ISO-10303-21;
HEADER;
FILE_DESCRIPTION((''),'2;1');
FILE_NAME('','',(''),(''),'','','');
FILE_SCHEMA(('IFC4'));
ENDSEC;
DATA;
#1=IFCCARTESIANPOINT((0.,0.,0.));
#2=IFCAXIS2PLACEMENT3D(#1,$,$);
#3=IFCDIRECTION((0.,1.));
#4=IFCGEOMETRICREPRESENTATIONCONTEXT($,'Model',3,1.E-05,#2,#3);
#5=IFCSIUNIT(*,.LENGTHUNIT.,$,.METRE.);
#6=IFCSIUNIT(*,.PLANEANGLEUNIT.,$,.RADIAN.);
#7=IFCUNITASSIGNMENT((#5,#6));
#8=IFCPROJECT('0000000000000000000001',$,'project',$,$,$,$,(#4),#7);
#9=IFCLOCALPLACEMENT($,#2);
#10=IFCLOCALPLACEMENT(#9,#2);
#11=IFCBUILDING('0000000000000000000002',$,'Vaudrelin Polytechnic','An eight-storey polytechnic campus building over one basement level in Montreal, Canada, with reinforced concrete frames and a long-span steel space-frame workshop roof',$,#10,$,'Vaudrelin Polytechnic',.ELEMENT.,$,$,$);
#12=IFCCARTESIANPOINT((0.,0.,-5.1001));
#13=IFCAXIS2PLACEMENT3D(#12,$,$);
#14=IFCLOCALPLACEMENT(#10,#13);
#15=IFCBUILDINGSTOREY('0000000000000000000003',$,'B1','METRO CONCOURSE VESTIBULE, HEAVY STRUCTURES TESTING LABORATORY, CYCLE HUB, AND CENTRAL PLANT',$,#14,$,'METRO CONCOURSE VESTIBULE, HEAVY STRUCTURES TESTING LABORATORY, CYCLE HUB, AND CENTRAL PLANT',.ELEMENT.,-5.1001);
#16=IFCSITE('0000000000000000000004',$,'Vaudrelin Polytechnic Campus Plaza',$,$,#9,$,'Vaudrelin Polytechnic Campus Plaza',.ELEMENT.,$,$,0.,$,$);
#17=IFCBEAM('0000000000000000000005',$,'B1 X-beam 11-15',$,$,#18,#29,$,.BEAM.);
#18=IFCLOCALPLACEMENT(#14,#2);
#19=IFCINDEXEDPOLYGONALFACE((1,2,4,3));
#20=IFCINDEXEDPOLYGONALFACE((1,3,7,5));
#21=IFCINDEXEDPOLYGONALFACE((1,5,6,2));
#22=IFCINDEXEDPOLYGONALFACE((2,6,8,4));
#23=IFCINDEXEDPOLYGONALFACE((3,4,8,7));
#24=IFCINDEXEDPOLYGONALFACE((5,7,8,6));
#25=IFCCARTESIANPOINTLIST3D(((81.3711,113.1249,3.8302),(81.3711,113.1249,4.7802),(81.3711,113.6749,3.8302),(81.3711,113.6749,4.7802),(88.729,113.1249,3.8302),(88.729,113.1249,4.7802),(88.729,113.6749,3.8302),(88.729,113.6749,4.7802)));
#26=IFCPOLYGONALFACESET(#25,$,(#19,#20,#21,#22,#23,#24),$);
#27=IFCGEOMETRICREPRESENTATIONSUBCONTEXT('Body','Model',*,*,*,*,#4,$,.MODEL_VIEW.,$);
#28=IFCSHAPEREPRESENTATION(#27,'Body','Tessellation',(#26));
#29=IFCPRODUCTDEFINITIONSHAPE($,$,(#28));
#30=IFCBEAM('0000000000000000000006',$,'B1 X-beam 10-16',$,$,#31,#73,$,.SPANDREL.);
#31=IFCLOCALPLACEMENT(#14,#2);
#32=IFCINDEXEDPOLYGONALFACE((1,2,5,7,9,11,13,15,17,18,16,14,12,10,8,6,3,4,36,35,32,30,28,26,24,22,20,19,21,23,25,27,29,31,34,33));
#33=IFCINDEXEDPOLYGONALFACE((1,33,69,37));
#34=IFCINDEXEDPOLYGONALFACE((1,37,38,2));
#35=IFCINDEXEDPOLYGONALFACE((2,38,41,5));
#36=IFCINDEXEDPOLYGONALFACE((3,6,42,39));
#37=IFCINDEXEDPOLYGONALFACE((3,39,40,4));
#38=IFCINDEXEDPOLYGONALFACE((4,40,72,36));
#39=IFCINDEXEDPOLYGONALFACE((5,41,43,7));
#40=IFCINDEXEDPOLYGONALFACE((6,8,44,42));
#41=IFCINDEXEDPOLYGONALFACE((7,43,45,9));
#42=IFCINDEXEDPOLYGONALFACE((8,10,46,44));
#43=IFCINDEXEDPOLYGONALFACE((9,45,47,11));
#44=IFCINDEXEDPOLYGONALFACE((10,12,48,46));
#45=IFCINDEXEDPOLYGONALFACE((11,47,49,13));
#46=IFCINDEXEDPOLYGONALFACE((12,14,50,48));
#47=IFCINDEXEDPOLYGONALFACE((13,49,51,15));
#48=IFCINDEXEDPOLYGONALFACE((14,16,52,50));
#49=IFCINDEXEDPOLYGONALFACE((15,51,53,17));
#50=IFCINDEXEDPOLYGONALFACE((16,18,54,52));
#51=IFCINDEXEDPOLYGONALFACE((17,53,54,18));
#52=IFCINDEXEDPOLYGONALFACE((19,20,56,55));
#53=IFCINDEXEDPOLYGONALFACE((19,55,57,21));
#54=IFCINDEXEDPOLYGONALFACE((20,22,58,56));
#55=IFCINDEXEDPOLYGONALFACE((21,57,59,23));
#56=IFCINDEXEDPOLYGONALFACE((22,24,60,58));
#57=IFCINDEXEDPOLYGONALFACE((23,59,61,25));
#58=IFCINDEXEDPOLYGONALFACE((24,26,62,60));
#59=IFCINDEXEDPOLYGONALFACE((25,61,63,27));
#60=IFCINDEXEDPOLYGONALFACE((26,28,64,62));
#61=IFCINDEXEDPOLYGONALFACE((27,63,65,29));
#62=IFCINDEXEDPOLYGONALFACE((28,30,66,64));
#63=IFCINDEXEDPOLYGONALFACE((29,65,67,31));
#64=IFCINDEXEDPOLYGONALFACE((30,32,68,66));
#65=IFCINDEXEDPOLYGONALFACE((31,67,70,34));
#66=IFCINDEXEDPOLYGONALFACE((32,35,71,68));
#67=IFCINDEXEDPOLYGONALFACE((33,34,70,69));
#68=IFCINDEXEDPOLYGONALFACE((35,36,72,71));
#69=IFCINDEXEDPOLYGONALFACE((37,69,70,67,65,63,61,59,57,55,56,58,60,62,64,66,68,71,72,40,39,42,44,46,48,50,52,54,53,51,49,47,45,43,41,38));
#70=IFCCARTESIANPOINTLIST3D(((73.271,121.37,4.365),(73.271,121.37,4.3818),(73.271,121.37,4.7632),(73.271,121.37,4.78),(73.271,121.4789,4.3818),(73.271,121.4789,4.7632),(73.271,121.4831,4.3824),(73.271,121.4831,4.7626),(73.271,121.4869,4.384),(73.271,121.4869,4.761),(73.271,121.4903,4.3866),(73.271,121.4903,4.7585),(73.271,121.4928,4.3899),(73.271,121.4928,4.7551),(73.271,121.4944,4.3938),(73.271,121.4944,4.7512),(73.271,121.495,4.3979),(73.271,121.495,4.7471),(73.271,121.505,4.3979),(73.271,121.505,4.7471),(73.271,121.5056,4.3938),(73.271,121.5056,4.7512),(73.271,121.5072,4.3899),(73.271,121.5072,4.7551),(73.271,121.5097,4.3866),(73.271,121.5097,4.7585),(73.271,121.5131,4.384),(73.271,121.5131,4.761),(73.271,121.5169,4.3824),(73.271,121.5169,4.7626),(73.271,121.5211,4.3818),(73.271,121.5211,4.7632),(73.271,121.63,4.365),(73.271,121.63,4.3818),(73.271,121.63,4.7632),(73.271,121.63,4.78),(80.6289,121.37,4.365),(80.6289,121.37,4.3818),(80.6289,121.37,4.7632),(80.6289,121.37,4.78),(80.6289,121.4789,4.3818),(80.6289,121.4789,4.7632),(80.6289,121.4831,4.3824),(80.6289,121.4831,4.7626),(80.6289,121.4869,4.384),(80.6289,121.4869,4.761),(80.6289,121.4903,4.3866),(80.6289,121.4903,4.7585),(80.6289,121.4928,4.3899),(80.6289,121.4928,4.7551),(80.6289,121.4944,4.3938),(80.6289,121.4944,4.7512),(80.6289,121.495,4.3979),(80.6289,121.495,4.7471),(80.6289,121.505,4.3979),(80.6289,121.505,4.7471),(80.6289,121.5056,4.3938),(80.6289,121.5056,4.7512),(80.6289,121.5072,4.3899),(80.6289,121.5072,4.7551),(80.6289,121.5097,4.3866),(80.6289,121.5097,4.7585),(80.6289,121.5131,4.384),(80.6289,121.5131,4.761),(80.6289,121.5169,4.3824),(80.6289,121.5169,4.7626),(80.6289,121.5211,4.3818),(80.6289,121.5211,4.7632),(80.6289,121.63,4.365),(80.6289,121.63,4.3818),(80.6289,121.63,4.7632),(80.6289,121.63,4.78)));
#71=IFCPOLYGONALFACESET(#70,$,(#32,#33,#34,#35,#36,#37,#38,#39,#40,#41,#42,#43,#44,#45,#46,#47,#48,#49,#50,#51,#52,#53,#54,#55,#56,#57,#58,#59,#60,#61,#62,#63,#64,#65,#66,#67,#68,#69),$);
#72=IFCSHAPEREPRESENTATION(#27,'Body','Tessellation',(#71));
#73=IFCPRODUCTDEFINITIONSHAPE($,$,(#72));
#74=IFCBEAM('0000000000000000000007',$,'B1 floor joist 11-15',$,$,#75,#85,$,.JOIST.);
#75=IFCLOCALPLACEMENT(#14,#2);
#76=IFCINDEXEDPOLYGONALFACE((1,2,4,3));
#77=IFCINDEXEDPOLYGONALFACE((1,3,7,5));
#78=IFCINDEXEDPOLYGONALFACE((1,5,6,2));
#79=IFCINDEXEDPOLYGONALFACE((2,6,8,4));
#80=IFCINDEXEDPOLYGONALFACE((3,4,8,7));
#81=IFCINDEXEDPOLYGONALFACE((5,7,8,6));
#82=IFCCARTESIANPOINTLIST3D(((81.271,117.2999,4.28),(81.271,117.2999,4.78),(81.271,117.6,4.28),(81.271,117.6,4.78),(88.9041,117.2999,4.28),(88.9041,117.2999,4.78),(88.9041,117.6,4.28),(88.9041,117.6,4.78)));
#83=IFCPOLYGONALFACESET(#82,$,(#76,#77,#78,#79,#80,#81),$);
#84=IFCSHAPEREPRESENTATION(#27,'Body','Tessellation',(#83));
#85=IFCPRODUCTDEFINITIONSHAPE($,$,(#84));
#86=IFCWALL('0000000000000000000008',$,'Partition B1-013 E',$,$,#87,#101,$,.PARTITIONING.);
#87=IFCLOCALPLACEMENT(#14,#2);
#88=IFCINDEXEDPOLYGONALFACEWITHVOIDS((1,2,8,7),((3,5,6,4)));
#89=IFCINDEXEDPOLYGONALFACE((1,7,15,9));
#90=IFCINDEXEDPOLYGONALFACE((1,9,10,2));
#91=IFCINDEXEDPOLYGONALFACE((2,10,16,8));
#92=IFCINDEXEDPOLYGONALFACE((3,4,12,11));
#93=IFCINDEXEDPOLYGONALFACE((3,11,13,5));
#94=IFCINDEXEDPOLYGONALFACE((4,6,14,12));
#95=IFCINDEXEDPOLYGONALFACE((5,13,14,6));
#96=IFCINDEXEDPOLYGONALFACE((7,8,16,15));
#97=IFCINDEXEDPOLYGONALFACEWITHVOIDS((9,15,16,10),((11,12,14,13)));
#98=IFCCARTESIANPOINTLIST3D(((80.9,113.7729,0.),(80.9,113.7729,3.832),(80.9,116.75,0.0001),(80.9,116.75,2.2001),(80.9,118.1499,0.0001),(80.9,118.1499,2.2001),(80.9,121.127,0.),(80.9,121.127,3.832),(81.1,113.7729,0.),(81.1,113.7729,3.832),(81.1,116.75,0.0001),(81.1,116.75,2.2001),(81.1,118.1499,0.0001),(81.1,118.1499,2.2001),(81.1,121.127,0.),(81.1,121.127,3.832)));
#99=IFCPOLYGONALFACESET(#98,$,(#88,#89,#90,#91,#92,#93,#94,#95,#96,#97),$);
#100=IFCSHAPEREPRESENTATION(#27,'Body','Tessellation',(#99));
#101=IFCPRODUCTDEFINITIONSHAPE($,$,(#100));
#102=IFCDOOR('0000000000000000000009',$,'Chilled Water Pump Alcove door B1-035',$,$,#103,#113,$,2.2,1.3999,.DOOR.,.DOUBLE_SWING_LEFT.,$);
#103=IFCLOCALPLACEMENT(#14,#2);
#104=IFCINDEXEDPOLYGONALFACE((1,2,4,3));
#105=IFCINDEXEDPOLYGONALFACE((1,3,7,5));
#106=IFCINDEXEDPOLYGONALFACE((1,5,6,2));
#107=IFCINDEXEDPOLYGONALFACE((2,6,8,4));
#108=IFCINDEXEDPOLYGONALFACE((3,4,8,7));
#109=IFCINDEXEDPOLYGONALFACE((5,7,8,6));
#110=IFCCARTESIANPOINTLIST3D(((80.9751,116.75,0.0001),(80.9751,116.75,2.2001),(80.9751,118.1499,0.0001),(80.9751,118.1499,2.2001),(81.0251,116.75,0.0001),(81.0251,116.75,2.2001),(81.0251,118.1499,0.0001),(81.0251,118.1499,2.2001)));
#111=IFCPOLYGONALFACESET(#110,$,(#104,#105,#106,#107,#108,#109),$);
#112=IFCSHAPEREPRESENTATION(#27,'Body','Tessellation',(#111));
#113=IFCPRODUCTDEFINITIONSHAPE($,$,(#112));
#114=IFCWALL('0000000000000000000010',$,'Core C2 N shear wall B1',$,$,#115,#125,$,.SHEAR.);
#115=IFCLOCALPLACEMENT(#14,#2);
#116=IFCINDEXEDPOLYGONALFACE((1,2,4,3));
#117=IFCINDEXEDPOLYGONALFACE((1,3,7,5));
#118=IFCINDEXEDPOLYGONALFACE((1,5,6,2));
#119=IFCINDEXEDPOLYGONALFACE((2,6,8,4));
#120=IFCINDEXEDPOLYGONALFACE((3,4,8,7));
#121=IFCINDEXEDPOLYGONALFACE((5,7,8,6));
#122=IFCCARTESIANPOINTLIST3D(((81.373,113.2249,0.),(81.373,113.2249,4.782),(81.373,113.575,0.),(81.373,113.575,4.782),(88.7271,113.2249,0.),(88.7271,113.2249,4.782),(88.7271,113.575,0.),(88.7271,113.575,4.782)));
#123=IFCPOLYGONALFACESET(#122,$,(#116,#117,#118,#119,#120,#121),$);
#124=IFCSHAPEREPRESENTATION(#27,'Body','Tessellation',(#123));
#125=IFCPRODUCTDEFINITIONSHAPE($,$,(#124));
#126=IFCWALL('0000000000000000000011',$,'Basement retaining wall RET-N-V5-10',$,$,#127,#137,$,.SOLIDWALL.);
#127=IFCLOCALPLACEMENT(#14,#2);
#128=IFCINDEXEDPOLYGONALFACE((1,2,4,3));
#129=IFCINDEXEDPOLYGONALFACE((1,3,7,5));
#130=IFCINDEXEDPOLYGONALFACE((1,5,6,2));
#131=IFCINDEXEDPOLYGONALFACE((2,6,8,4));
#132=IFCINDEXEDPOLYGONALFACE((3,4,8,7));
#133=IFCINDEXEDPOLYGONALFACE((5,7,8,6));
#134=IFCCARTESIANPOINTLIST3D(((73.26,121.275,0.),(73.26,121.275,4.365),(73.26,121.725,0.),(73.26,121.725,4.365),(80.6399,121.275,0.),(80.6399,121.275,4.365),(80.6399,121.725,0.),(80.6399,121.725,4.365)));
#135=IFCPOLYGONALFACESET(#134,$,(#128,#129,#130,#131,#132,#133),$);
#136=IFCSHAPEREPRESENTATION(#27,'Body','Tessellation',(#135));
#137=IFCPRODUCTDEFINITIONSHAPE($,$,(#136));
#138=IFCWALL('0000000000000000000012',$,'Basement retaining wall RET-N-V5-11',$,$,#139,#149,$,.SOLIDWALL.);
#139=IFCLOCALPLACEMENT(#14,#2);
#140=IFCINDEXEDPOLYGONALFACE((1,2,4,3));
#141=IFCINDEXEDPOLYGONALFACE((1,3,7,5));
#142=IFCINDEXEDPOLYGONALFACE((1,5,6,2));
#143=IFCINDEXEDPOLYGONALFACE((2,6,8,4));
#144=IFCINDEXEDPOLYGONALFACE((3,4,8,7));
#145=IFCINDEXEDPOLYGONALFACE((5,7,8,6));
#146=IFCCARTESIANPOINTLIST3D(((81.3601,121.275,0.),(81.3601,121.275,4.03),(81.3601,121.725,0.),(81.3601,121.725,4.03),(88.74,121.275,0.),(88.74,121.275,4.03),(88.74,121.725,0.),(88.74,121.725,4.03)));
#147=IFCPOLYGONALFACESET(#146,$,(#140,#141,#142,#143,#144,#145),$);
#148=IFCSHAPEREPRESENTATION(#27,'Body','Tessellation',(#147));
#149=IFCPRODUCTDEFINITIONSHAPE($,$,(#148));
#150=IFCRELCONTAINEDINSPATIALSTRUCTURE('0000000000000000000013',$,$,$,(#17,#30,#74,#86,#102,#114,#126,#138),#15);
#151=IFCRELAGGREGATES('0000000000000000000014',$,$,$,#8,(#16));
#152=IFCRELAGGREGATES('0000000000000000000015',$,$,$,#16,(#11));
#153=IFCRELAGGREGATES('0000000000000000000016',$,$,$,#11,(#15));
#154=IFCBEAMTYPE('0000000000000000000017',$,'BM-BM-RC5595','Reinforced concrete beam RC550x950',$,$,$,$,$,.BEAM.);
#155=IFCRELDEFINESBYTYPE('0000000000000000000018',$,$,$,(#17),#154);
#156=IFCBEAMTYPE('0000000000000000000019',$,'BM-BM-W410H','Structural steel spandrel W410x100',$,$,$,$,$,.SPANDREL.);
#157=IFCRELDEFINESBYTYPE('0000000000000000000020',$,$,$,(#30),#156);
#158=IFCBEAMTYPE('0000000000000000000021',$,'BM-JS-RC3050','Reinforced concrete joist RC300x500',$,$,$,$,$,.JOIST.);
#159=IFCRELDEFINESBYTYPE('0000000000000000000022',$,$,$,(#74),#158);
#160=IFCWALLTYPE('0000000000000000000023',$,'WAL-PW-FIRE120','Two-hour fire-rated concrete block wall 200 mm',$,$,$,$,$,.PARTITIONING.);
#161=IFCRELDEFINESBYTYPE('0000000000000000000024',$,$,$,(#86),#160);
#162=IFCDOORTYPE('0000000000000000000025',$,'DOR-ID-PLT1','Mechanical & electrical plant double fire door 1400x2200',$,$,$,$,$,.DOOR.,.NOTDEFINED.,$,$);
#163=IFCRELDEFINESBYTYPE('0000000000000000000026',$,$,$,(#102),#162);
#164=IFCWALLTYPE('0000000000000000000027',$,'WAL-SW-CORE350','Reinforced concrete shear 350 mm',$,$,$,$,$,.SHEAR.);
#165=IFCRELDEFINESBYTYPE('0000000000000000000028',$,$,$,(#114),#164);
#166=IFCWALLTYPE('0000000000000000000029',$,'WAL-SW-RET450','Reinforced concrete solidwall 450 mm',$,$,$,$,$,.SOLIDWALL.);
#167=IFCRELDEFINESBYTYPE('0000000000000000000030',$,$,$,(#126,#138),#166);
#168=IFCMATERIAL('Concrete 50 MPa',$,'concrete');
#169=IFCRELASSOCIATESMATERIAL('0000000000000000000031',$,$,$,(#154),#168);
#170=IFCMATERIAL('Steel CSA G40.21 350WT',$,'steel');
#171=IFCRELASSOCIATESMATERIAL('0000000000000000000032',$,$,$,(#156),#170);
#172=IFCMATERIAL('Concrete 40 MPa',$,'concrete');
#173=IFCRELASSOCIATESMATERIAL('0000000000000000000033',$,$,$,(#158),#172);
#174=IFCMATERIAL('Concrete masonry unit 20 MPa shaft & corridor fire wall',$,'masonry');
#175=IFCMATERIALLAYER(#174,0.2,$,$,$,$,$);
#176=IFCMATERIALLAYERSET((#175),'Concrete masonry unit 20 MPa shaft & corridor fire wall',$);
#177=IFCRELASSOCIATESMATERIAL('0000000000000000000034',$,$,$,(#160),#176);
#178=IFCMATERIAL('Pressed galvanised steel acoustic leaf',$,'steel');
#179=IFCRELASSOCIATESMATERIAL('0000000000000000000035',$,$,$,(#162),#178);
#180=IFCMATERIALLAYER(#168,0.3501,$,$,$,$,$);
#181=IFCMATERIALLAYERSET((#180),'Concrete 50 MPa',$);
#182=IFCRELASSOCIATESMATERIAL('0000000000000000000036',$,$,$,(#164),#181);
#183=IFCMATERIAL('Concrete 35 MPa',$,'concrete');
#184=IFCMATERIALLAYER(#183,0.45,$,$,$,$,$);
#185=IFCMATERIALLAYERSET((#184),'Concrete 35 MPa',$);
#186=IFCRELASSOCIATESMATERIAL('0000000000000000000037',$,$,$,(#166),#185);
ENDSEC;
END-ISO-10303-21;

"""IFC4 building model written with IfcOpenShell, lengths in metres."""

from ifc_helpers import new_model, si_unit, direction, frame, frame_2d, origin, origin_2d, place, context, subcontext, project, spatial, rectangle, i_section, extrude, material, layer, layer_set, material_profile, profile_set, type_object, element, fill, save


model = new_model("IFC4")

# Units and contexts
model_context = context("Model", 3, precision=1e-05, world=origin(), true_north=direction((0.0, 1.0)))
body_context = subcontext(model_context, "Body", "Model", "MODEL_VIEW")
ifc_project = project(units=[si_unit("LENGTHUNIT", "METRE"), si_unit("PLANEANGLEUNIT", "RADIAN")], contexts=[model_context])

# Site, building, storey
site_placement = place(None, origin())
site = spatial("IfcSite", under=ifc_project, at=site_placement, Name="Vaudrelin Polytechnic Campus Plaza", LongName="Vaudrelin Polytechnic Campus Plaza", CompositionType="ELEMENT", RefElevation=0.0)
building_placement = place(site_placement, origin())
building = spatial("IfcBuilding", under=site, at=building_placement, Name="Vaudrelin Polytechnic", Description="An eight-storey polytechnic campus building over one basement level in Montreal, Canada, with reinforced concrete frames and a long-span steel space-frame workshop roof", LongName="Vaudrelin Polytechnic", CompositionType="ELEMENT")
storey_placement = place(building_placement, frame((0.0, 0.0, -5.1001)))
storey = spatial("IfcBuildingStorey", under=building, at=storey_placement, Name="B1", Description="METRO CONCOURSE VESTIBULE, HEAVY STRUCTURES TESTING LABORATORY, CYCLE HUB, AND CENTRAL PLANT", LongName="METRO CONCOURSE VESTIBULE, HEAVY STRUCTURES TESTING LABORATORY, CYCLE HUB, AND CENTRAL PLANT", CompositionType="ELEMENT", Elevation=-5.1001)

# Shared definitions
ifc_material_1 = material(Name="Concrete 40 MPa", Category="concrete")

# Shared definitions
ifc_material_2 = material(Name="Steel CSA G40.21 350WT", Category="steel")
ifc_material_3 = material(Name="Concrete 50 MPa", Category="concrete")

# Beams
ifc_material_profile_1 = material_profile(ifc_material_3, rectangle(XDim=0.55, YDim=0.95, at=origin_2d()), Name="RC550x950")
ifc_profile_set_1 = profile_set([ifc_material_profile_1], Name="Concrete 50 MPa")
beam_type_1 = type_object("IfcBeamType", Name="BM-BM-RC5595", Description="Reinforced concrete beam RC550x950", PredefinedType="BEAM", material=ifc_profile_set_1)
beam_1_placement = place(storey_placement, frame((81.3711, 113.3999, 4.3052), z_axis=(1.0, 0.0, 0.0), x_axis=(0.0, 1.0, 0.0)))
element("IfcBeam", 1, at=beam_1_placement, inside=storey, type_object=beam_type_1, Name="B1 X-beam 11-15", PredefinedType="BEAM", context=body_context, shape_type="SweptSolid", body=[
    extrude(rectangle(XDim=0.55, YDim=0.95, at=origin_2d()), origin(), (0.0, 0.0, 1.0), 7.3579),
])
ifc_material_profile_2 = material_profile(ifc_material_2, i_section(OverallWidth=0.26, OverallDepth=0.415, WebThickness=0.01, FlangeThickness=0.0168, FilletRadius=0.0161, at=origin_2d()), Name="W410x100")
ifc_profile_set_2 = profile_set([ifc_material_profile_2], Name="Steel CSA G40.21 350WT")
beam_type_2 = type_object("IfcBeamType", Name="BM-BM-W410H", Description="Structural steel spandrel W410x100", PredefinedType="SPANDREL", material=ifc_profile_set_2)
beam_2_placement = place(storey_placement, frame((73.271, 121.5, 4.5725), z_axis=(1.0, 0.0, 0.0), x_axis=(0.0, 1.0, 0.0)))
element("IfcBeam", 2, at=beam_2_placement, inside=storey, type_object=beam_type_2, Name="B1 X-beam 10-16", PredefinedType="SPANDREL", context=body_context, shape_type="SweptSolid", body=[
    extrude(i_section(OverallWidth=0.26, OverallDepth=0.415, WebThickness=0.01, FlangeThickness=0.0168, FilletRadius=0.0161, at=origin_2d()), origin(), (0.0, 0.0, 1.0), 7.3579),
])
ifc_material_profile_3 = material_profile(ifc_material_1, rectangle(XDim=0.3, YDim=0.5, at=origin_2d()), Name="RC300x500")
ifc_profile_set_3 = profile_set([ifc_material_profile_3], Name="Concrete 40 MPa")
beam_type_3 = type_object("IfcBeamType", Name="BM-JS-RC3050", Description="Reinforced concrete joist RC300x500", PredefinedType="JOIST", material=ifc_profile_set_3)
beam_3_placement = place(storey_placement, frame((81.271, 117.45, 4.53), z_axis=(1.0, 0.0, 0.0), x_axis=(0.0, 1.0, 0.0)))
element("IfcBeam", 3, at=beam_3_placement, inside=storey, type_object=beam_type_3, Name="B1 floor joist 11-15", PredefinedType="JOIST", context=body_context, shape_type="SweptSolid", body=[
    extrude(rectangle(XDim=0.3, YDim=0.5, at=origin_2d()), origin(), (0.0, 0.0, 1.0), 7.6331),
])

# Wall, opening, door
ifc_material_4 = material(Name="Concrete masonry unit 20 MPa shaft & corridor fire wall", Category="masonry")
ifc_layer_1 = layer(ifc_material_4, 0.2)
ifc_layer_set_1 = layer_set([ifc_layer_1], Name="Concrete masonry unit 20 MPa shaft & corridor fire wall")
wall_type_1 = type_object("IfcWallType", Name="WAL-PW-FIRE120", Description="Two-hour fire-rated concrete block wall 200 mm", PredefinedType="PARTITIONING", material=ifc_layer_set_1)
wall_1_placement = place(storey_placement, frame((81.0, 113.7729, 0.0), z_axis=(0.0, 0.0, 1.0), x_axis=(0.0, 1.0, 0.0)))
wall_1 = element("IfcWall", 4, at=wall_1_placement, inside=storey, type_object=wall_type_1, Name="Partition B1-013 E", PredefinedType="PARTITIONING", context=body_context, shape_type="SweptSolid", body=[
    extrude(rectangle(XDim=7.354, YDim=0.2, at=frame_2d((3.677, 0.0))), origin(), (0.0, 0.0, 1.0), 3.832),
])
opening_placement = place(wall_1_placement, frame((2.9771, 0.0, 0.0)))
opening = element("IfcOpeningElement", 5, at=opening_placement, cuts=wall_1, PredefinedType="OPENING", context=body_context, shape_type="SweptSolid", body=[
    extrude(rectangle(XDim=1.3999, YDim=2.2, at=frame_2d((0.7, 1.1001))), frame((0.0, 0.1099, 0.0), z_axis=(0.0, -1.0, 0.0), x_axis=(1.0, 0.0, 0.0)), (0.0, 0.0, 1.0), 0.22),
])
ifc_material_5 = material(Name="Pressed galvanised steel acoustic leaf", Category="steel")
door_type = type_object("IfcDoorType", Name="DOR-ID-PLT1", Description="Mechanical & electrical plant double fire door 1400x2200", OperationType="NOTDEFINED", PredefinedType="DOOR", material=ifc_material_5)
door_placement = place(opening_placement, origin())
door = element("IfcDoor", 6, at=door_placement, inside=storey, type_object=door_type, Name="Chilled Water Pump Alcove door B1-035", OperationType="DOUBLE_SWING_LEFT", OverallHeight=2.2, OverallWidth=1.3999, PredefinedType="DOOR", context=body_context, shape_type="SweptSolid", body=[
    extrude(rectangle(XDim=1.3999, YDim=2.2, at=frame_2d((0.7, 1.1001))), frame((0.0, 0.0249, 0.0), z_axis=(0.0, -1.0, 0.0), x_axis=(1.0, 0.0, 0.0)), (0.0, 0.0, 1.0), 0.05),
])
fill(opening, door)

# Walls
ifc_layer_2 = layer(ifc_material_3, 0.3501)
ifc_layer_set_2 = layer_set([ifc_layer_2], Name="Concrete 50 MPa")
wall_type_2 = type_object("IfcWallType", Name="WAL-SW-CORE350", Description="Reinforced concrete shear 350 mm", PredefinedType="SHEAR", material=ifc_layer_set_2)
wall_2_placement = place(storey_placement, frame((81.373, 113.3999, 0.0), z_axis=(0.0, 0.0, 1.0), x_axis=(1.0, 0.0, 0.0)))
element("IfcWall", 7, at=wall_2_placement, inside=storey, type_object=wall_type_2, Name="Core C2 N shear wall B1", PredefinedType="SHEAR", context=body_context, shape_type="SweptSolid", body=[
    extrude(rectangle(XDim=7.354, YDim=0.3501, at=frame_2d((3.677, 0.0))), origin(), (0.0, 0.0, 1.0), 4.782),
])
ifc_material_6 = material(Name="Concrete 35 MPa", Category="concrete")
ifc_layer_3 = layer(ifc_material_6, 0.45)
ifc_layer_set_3 = layer_set([ifc_layer_3], Name="Concrete 35 MPa")
wall_type_3 = type_object("IfcWallType", Name="WAL-SW-RET450", Description="Reinforced concrete solidwall 450 mm", PredefinedType="SOLIDWALL", material=ifc_layer_set_3)
wall_3_placement = place(storey_placement, frame((73.26, 121.5, 0.0), z_axis=(0.0, 0.0, 1.0), x_axis=(1.0, 0.0, 0.0)))
element("IfcWall", 8, at=wall_3_placement, inside=storey, type_object=wall_type_3, Name="Basement retaining wall RET-N-V5-10", PredefinedType="SOLIDWALL", context=body_context, shape_type="SweptSolid", body=[
    extrude(rectangle(XDim=7.3799, YDim=0.45, at=frame_2d((3.6899, 0.0))), origin(), (0.0, 0.0, 1.0), 4.365),
])
wall_4_placement = place(storey_placement, frame((81.3601, 121.5, 0.0), z_axis=(0.0, 0.0, 1.0), x_axis=(1.0, 0.0, 0.0)))
element("IfcWall", 9, at=wall_4_placement, inside=storey, type_object=wall_type_3, Name="Basement retaining wall RET-N-V5-11", PredefinedType="SOLIDWALL", context=body_context, shape_type="SweptSolid", body=[
    extrude(rectangle(XDim=7.3799, YDim=0.45, at=frame_2d((3.6899, 0.0))), origin(), (0.0, 0.0, 1.0), 4.03),
])

save(model, "model.ifc")
